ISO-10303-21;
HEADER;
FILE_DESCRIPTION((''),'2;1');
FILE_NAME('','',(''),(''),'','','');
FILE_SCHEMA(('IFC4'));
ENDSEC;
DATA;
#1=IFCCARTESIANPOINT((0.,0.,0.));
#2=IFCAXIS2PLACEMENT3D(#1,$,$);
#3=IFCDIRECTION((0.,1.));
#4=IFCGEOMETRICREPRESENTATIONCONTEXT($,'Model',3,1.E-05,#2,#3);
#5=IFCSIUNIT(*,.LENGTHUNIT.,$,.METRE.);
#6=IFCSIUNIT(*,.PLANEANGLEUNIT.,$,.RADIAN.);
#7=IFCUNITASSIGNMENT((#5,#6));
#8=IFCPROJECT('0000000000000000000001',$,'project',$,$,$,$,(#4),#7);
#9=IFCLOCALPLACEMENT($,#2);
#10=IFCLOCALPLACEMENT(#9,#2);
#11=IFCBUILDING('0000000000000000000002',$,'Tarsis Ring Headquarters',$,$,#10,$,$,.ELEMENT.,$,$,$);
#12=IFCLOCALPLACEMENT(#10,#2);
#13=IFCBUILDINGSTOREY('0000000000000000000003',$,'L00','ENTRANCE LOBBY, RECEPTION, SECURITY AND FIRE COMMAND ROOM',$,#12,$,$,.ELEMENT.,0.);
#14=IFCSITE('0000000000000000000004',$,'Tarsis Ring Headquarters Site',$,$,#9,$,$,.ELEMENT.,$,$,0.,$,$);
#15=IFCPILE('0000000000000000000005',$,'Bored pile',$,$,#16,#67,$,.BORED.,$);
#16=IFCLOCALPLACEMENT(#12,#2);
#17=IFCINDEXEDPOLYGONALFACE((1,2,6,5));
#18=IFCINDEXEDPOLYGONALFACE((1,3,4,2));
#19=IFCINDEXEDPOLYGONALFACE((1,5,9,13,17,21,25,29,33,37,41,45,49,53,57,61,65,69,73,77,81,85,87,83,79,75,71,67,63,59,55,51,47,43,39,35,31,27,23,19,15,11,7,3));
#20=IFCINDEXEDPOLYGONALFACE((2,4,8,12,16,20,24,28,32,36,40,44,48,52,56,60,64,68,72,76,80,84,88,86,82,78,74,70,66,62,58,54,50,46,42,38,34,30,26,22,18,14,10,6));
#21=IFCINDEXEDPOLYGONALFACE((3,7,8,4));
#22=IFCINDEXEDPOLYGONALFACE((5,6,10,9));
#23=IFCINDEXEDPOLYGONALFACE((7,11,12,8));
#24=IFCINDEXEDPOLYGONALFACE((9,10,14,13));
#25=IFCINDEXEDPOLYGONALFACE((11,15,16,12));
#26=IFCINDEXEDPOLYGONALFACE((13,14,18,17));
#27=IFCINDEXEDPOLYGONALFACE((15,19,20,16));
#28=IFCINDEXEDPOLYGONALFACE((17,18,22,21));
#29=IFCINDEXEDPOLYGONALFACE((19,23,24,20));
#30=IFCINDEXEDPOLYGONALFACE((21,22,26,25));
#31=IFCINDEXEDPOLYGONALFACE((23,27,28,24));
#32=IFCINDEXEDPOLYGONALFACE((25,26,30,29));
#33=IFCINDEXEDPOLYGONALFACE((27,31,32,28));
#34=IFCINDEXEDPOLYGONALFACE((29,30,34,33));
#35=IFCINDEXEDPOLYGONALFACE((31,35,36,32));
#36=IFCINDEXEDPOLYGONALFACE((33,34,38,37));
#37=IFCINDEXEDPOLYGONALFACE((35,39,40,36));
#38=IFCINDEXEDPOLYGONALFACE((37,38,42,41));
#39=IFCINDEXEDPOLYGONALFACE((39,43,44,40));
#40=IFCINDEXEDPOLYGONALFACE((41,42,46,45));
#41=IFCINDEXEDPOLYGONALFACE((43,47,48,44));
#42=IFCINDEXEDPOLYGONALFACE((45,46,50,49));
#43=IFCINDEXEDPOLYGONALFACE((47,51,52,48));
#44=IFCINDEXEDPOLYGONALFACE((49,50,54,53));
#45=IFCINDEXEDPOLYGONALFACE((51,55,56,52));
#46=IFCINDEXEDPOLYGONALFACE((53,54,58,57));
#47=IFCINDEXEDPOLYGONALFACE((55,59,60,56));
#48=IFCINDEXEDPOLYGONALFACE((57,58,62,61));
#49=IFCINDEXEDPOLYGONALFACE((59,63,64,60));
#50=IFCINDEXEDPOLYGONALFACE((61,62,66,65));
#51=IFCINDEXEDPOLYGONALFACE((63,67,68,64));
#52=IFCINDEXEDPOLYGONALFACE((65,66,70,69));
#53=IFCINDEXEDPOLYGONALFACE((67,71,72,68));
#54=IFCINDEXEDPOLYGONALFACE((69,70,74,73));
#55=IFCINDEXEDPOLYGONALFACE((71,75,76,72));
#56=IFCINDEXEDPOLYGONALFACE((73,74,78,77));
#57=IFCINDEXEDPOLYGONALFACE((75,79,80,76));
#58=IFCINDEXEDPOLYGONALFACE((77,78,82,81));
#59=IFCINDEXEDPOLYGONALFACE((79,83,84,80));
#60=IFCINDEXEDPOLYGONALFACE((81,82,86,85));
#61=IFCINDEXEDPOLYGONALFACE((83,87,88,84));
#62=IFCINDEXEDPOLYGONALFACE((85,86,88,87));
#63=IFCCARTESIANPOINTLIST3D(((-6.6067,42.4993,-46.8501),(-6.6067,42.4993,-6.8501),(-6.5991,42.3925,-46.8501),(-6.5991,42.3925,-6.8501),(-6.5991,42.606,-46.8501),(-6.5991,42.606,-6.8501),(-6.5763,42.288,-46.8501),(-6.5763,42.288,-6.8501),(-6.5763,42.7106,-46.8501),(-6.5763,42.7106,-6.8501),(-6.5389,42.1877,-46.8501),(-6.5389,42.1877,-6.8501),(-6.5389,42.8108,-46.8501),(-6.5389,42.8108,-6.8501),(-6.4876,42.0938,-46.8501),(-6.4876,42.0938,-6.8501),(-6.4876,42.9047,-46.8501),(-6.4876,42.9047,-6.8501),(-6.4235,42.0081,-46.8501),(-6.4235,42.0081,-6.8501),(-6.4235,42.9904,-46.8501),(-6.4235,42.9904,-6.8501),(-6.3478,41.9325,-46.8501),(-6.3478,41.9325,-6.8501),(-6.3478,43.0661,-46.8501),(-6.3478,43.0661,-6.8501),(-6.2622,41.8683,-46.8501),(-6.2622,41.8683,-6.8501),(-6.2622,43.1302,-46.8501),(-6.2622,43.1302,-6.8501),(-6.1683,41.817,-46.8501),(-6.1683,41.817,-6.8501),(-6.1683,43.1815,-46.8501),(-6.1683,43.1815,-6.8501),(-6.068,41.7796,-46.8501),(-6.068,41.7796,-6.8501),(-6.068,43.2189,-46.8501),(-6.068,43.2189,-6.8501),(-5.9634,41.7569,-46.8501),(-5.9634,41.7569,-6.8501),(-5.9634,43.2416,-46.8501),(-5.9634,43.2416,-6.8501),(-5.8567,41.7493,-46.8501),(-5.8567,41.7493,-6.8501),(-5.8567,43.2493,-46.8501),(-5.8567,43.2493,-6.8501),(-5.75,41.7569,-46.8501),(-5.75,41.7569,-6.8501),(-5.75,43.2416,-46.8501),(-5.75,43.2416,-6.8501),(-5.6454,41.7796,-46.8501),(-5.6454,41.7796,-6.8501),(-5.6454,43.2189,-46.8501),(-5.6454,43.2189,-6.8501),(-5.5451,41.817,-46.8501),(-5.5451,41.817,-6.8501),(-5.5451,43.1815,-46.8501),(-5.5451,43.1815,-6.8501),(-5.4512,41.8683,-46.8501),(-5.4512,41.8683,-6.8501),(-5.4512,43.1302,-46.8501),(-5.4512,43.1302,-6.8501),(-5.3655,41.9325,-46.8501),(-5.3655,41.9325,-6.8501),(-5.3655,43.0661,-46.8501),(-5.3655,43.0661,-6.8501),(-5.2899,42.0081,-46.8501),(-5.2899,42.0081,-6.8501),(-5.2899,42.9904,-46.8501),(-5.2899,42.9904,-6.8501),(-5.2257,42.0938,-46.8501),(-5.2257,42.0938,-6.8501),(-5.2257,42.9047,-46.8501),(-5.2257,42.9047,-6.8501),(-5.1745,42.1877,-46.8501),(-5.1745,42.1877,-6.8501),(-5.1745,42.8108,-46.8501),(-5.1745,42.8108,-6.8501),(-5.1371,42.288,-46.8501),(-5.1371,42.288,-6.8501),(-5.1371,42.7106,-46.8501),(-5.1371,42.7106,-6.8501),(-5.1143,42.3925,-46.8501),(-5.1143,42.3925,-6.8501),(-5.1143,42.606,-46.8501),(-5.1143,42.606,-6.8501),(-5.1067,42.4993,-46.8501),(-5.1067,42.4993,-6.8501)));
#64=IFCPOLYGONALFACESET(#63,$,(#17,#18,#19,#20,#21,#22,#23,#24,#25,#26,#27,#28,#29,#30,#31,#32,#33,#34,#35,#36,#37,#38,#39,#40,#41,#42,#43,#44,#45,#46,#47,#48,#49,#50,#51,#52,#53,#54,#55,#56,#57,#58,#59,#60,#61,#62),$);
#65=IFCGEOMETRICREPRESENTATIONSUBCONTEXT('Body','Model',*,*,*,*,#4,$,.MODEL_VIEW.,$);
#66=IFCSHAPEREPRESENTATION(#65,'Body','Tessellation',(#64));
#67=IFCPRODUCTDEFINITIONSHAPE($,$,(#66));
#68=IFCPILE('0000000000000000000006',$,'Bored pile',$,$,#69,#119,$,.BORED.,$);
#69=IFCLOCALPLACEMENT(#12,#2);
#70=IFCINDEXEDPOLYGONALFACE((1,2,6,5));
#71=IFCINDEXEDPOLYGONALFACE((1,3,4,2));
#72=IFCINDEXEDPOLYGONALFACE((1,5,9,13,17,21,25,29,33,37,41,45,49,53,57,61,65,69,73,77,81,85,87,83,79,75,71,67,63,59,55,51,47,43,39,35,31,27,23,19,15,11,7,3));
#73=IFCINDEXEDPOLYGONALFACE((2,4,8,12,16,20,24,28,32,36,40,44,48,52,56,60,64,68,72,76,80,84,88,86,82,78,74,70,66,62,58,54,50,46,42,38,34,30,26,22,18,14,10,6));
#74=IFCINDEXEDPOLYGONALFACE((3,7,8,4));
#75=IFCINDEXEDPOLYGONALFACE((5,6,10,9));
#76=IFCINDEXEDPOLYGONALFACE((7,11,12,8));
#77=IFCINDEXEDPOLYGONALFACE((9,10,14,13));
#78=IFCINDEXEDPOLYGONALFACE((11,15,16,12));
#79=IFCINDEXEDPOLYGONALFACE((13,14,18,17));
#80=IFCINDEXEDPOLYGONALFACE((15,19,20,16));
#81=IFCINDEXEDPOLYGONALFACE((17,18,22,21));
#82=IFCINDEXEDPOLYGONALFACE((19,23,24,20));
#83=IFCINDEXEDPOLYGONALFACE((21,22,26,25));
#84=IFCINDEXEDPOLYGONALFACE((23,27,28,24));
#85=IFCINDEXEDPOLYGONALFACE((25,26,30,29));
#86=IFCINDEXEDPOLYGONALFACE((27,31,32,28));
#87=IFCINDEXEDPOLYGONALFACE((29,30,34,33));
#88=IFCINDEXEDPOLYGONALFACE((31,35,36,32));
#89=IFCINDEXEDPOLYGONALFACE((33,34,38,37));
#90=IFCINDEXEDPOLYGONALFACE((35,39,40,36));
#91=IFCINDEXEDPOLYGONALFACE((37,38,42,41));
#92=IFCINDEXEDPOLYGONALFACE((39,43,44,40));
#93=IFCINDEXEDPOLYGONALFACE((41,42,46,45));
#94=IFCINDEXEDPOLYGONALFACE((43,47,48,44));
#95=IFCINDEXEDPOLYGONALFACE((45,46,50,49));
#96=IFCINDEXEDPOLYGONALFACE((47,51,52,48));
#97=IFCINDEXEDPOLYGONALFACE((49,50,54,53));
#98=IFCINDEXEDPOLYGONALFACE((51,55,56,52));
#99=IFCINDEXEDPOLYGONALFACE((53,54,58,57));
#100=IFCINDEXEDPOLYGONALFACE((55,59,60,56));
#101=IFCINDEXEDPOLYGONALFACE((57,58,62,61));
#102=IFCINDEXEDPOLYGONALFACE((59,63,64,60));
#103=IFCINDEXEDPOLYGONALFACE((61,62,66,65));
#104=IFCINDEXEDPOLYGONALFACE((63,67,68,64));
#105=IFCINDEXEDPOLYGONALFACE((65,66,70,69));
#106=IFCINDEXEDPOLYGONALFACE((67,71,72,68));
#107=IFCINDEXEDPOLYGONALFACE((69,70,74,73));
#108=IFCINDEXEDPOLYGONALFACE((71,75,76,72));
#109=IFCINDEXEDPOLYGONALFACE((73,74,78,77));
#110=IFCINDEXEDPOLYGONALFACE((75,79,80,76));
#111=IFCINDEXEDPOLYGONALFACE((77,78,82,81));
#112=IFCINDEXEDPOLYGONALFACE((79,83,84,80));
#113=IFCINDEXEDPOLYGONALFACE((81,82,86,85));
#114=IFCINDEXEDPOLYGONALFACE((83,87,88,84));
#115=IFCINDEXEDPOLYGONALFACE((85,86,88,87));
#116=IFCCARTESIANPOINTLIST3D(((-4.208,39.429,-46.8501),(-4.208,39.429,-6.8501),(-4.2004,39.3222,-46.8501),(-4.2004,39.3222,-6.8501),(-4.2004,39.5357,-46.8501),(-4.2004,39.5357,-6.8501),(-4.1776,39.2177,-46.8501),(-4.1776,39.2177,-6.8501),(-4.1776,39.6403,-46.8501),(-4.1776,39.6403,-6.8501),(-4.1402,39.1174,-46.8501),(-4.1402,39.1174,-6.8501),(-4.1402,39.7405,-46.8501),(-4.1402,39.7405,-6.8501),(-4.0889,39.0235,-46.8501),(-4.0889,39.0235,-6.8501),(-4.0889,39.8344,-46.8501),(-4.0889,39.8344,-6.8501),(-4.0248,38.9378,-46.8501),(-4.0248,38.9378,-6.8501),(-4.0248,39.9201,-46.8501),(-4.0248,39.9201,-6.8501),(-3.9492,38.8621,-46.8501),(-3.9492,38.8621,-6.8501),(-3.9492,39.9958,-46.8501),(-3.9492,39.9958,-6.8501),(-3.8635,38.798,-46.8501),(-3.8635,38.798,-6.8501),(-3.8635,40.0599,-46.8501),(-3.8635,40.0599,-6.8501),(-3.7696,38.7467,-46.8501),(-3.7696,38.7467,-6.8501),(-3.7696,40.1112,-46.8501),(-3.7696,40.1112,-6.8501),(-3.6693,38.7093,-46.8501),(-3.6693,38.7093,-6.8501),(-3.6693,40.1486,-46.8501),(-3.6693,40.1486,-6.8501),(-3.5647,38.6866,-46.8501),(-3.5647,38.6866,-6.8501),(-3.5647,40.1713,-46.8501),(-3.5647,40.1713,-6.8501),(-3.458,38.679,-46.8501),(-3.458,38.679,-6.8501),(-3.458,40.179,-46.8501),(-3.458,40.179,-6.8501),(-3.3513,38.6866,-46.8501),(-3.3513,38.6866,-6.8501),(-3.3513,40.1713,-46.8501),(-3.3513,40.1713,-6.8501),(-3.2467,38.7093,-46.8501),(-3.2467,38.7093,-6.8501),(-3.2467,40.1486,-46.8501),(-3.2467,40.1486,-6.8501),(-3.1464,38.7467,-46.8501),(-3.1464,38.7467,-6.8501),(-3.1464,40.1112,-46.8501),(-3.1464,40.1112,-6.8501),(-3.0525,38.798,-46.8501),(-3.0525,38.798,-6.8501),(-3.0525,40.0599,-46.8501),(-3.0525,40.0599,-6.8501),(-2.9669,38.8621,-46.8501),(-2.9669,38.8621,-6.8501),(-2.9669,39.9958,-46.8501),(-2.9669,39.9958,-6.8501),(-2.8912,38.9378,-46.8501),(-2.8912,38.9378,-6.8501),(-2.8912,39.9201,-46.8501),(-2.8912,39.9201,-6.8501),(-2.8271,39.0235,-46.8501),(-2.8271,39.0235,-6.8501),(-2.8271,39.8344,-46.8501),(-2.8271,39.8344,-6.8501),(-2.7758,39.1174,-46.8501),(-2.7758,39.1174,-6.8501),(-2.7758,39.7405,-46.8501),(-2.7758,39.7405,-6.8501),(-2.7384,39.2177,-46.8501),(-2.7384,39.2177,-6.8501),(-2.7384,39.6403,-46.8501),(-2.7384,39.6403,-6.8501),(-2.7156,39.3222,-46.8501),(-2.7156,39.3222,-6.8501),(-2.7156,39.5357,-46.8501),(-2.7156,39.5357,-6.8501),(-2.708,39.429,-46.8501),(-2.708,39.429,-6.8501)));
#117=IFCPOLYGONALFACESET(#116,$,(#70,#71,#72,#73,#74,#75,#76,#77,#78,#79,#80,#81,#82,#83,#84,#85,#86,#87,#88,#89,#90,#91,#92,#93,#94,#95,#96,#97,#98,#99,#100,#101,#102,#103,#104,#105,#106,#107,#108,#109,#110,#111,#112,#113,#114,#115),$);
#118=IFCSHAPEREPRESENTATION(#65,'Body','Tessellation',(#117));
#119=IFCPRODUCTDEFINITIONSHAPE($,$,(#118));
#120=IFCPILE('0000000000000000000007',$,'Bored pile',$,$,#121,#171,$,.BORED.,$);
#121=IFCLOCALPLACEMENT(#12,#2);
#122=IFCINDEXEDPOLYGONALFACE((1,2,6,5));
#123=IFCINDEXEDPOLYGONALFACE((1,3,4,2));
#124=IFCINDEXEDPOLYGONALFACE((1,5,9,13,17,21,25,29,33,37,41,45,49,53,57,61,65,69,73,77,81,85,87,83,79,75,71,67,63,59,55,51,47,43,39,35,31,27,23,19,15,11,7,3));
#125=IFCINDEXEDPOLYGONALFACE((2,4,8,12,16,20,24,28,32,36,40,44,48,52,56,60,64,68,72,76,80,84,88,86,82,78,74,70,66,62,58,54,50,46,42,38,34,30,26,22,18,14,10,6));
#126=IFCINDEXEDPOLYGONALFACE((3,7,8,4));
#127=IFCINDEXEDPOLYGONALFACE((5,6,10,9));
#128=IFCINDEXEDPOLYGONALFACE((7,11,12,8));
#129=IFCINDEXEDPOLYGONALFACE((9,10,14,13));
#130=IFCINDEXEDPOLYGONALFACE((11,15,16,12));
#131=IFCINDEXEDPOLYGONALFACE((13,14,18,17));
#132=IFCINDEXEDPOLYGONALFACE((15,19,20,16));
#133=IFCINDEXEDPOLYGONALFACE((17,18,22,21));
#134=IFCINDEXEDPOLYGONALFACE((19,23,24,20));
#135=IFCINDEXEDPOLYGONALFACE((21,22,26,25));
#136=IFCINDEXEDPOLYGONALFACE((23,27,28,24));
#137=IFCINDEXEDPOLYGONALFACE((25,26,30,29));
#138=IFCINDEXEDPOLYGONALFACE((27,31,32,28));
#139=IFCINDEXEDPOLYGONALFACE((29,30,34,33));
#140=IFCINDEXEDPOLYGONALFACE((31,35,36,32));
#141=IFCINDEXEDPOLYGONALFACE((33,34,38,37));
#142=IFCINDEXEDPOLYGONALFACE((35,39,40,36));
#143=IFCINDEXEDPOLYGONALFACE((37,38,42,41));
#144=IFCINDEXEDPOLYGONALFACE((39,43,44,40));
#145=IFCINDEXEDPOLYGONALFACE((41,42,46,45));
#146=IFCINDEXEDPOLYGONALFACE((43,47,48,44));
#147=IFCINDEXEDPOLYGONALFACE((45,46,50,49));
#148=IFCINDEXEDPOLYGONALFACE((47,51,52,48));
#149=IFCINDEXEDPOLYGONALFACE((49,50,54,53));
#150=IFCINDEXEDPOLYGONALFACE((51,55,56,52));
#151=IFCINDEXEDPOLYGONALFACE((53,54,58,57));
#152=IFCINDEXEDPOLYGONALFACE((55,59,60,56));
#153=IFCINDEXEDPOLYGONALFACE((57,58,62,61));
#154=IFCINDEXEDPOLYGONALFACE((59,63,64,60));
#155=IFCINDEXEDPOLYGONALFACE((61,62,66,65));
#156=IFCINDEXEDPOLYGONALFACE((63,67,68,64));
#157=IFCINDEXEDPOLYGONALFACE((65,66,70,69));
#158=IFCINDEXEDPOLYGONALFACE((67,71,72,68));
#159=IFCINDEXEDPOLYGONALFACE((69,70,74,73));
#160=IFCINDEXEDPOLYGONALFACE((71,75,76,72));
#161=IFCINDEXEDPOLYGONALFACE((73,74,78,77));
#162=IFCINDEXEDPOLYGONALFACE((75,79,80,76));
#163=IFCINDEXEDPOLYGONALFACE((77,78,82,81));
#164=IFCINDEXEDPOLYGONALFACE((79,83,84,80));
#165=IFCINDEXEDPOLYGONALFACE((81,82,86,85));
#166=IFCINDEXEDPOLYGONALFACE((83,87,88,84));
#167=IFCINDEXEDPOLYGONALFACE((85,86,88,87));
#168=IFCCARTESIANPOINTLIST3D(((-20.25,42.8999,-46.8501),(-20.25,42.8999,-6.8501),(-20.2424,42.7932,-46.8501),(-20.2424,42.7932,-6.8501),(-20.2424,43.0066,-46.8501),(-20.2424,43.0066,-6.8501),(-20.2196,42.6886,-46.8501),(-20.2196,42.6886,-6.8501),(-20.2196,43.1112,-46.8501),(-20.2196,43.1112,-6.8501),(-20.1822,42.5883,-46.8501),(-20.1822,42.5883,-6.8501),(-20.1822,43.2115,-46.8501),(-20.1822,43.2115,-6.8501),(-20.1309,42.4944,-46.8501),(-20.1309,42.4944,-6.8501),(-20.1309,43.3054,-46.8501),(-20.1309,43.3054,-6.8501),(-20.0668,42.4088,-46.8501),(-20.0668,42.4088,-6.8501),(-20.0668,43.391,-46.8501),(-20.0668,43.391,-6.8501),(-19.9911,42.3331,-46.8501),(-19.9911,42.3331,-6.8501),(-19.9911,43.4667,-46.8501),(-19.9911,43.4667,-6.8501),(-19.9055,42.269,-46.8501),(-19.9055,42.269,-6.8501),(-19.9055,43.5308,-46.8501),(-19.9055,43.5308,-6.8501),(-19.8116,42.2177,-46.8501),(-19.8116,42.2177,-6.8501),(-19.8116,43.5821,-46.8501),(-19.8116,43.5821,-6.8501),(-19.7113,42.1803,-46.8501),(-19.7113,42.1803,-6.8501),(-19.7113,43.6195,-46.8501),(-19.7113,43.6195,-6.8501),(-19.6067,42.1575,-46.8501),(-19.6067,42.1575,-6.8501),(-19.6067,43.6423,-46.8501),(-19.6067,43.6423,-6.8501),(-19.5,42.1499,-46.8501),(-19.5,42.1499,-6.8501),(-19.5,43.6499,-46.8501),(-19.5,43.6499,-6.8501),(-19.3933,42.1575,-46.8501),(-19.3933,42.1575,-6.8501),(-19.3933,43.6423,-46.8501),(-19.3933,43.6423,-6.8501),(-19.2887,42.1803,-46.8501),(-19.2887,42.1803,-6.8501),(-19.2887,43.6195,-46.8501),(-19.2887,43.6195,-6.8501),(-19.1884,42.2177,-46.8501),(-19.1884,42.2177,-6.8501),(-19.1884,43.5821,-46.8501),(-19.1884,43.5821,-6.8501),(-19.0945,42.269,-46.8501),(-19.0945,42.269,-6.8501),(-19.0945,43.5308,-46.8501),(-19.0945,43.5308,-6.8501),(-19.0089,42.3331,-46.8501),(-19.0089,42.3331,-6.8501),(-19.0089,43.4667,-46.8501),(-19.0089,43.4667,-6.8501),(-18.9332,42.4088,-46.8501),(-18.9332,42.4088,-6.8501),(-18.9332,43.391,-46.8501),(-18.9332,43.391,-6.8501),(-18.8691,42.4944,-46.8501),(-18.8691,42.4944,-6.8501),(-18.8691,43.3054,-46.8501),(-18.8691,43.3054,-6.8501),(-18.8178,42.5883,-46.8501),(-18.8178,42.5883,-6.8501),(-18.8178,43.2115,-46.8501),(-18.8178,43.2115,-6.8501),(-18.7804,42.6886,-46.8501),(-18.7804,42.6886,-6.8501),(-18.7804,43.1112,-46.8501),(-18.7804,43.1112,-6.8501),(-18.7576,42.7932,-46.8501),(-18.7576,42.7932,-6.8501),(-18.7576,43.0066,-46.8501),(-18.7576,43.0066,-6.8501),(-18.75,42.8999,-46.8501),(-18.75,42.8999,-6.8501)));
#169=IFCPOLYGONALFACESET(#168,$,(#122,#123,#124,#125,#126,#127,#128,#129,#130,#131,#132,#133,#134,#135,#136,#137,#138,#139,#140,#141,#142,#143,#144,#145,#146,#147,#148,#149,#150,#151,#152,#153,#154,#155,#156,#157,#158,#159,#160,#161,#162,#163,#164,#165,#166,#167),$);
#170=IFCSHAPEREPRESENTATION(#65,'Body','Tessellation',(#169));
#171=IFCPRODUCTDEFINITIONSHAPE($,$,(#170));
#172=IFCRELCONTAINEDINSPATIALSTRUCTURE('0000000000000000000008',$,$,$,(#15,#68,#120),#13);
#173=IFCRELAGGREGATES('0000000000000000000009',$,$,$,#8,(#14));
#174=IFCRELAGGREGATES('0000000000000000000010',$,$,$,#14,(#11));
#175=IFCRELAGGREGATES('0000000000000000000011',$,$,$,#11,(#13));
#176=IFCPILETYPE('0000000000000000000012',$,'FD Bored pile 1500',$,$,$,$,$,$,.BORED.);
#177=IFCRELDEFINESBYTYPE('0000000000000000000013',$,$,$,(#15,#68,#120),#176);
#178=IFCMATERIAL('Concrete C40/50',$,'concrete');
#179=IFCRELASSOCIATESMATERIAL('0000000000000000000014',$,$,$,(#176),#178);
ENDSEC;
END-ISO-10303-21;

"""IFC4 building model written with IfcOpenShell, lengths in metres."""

from ifc_helpers import new_model, si_unit, direction, frame, origin, origin_2d, place, context, subcontext, project, spatial, circle, extrude, material, material_profile, profile_set, type_object, element, save


model = new_model("IFC4")

# Units and contexts
model_context = context("Model", 3, precision=1e-05, world=origin(), true_north=direction((0.0, 1.0)))
body_context = subcontext(model_context, "Body", "Model", "MODEL_VIEW")
ifc_project = project(units=[si_unit("LENGTHUNIT", "METRE"), si_unit("PLANEANGLEUNIT", "RADIAN")], contexts=[model_context])

# Site, building, storey
site_placement = place(None, origin())
site = spatial("IfcSite", under=ifc_project, at=site_placement, Name="Tarsis Ring Headquarters Site", CompositionType="ELEMENT", RefElevation=0.0)
building_placement = place(site_placement, origin())
building = spatial("IfcBuilding", under=site, at=building_placement, Name="Tarsis Ring Headquarters", CompositionType="ELEMENT")
storey_placement = place(building_placement, origin())
storey = spatial("IfcBuildingStorey", under=building, at=storey_placement, Name="L00", Description="ENTRANCE LOBBY, RECEPTION, SECURITY AND FIRE COMMAND ROOM", CompositionType="ELEMENT", Elevation=0.0)

# Piles
ifc_material_1 = material(Name="Concrete C40/50", Category="concrete")
ifc_material_profile_1 = material_profile(ifc_material_1, circle(Radius=0.75, at=origin_2d()), Name="BORED 1500")
ifc_profile_set_1 = profile_set([ifc_material_profile_1], Name="Concrete C40/50")
pile_type_1 = type_object("IfcPileType", Name="FD Bored pile 1500", PredefinedType="BORED", material=ifc_profile_set_1)
for number, where, z_axis, x_axis, name in (
    (1, (-5.8567, 42.4993, -6.8501), (0.0, 0.0, -1.0), (1.0, 0.0, 0.0), "Bored pile"),
    (2, (-3.458, 39.429, -6.8501), (0.0, 0.0, -1.0), (1.0, 0.0, 0.0), "Bored pile"),
    (3, (-19.5, 42.8999, -6.8501), (0.0, 0.0, -1.0), (1.0, 0.0, 0.0), "Bored pile"),
):
    element("IfcPile", number, at=place(storey_placement, frame(where, z_axis=z_axis, x_axis=x_axis)), inside=storey, type_object=pile_type_1, Name=name, PredefinedType="BORED", context=body_context, shape_type="SweptSolid", body=[
        extrude(circle(Radius=0.75, at=origin_2d()), origin(), (0.0, 0.0, 1.0), 40.0),
    ])

save(model, "model.ifc")
